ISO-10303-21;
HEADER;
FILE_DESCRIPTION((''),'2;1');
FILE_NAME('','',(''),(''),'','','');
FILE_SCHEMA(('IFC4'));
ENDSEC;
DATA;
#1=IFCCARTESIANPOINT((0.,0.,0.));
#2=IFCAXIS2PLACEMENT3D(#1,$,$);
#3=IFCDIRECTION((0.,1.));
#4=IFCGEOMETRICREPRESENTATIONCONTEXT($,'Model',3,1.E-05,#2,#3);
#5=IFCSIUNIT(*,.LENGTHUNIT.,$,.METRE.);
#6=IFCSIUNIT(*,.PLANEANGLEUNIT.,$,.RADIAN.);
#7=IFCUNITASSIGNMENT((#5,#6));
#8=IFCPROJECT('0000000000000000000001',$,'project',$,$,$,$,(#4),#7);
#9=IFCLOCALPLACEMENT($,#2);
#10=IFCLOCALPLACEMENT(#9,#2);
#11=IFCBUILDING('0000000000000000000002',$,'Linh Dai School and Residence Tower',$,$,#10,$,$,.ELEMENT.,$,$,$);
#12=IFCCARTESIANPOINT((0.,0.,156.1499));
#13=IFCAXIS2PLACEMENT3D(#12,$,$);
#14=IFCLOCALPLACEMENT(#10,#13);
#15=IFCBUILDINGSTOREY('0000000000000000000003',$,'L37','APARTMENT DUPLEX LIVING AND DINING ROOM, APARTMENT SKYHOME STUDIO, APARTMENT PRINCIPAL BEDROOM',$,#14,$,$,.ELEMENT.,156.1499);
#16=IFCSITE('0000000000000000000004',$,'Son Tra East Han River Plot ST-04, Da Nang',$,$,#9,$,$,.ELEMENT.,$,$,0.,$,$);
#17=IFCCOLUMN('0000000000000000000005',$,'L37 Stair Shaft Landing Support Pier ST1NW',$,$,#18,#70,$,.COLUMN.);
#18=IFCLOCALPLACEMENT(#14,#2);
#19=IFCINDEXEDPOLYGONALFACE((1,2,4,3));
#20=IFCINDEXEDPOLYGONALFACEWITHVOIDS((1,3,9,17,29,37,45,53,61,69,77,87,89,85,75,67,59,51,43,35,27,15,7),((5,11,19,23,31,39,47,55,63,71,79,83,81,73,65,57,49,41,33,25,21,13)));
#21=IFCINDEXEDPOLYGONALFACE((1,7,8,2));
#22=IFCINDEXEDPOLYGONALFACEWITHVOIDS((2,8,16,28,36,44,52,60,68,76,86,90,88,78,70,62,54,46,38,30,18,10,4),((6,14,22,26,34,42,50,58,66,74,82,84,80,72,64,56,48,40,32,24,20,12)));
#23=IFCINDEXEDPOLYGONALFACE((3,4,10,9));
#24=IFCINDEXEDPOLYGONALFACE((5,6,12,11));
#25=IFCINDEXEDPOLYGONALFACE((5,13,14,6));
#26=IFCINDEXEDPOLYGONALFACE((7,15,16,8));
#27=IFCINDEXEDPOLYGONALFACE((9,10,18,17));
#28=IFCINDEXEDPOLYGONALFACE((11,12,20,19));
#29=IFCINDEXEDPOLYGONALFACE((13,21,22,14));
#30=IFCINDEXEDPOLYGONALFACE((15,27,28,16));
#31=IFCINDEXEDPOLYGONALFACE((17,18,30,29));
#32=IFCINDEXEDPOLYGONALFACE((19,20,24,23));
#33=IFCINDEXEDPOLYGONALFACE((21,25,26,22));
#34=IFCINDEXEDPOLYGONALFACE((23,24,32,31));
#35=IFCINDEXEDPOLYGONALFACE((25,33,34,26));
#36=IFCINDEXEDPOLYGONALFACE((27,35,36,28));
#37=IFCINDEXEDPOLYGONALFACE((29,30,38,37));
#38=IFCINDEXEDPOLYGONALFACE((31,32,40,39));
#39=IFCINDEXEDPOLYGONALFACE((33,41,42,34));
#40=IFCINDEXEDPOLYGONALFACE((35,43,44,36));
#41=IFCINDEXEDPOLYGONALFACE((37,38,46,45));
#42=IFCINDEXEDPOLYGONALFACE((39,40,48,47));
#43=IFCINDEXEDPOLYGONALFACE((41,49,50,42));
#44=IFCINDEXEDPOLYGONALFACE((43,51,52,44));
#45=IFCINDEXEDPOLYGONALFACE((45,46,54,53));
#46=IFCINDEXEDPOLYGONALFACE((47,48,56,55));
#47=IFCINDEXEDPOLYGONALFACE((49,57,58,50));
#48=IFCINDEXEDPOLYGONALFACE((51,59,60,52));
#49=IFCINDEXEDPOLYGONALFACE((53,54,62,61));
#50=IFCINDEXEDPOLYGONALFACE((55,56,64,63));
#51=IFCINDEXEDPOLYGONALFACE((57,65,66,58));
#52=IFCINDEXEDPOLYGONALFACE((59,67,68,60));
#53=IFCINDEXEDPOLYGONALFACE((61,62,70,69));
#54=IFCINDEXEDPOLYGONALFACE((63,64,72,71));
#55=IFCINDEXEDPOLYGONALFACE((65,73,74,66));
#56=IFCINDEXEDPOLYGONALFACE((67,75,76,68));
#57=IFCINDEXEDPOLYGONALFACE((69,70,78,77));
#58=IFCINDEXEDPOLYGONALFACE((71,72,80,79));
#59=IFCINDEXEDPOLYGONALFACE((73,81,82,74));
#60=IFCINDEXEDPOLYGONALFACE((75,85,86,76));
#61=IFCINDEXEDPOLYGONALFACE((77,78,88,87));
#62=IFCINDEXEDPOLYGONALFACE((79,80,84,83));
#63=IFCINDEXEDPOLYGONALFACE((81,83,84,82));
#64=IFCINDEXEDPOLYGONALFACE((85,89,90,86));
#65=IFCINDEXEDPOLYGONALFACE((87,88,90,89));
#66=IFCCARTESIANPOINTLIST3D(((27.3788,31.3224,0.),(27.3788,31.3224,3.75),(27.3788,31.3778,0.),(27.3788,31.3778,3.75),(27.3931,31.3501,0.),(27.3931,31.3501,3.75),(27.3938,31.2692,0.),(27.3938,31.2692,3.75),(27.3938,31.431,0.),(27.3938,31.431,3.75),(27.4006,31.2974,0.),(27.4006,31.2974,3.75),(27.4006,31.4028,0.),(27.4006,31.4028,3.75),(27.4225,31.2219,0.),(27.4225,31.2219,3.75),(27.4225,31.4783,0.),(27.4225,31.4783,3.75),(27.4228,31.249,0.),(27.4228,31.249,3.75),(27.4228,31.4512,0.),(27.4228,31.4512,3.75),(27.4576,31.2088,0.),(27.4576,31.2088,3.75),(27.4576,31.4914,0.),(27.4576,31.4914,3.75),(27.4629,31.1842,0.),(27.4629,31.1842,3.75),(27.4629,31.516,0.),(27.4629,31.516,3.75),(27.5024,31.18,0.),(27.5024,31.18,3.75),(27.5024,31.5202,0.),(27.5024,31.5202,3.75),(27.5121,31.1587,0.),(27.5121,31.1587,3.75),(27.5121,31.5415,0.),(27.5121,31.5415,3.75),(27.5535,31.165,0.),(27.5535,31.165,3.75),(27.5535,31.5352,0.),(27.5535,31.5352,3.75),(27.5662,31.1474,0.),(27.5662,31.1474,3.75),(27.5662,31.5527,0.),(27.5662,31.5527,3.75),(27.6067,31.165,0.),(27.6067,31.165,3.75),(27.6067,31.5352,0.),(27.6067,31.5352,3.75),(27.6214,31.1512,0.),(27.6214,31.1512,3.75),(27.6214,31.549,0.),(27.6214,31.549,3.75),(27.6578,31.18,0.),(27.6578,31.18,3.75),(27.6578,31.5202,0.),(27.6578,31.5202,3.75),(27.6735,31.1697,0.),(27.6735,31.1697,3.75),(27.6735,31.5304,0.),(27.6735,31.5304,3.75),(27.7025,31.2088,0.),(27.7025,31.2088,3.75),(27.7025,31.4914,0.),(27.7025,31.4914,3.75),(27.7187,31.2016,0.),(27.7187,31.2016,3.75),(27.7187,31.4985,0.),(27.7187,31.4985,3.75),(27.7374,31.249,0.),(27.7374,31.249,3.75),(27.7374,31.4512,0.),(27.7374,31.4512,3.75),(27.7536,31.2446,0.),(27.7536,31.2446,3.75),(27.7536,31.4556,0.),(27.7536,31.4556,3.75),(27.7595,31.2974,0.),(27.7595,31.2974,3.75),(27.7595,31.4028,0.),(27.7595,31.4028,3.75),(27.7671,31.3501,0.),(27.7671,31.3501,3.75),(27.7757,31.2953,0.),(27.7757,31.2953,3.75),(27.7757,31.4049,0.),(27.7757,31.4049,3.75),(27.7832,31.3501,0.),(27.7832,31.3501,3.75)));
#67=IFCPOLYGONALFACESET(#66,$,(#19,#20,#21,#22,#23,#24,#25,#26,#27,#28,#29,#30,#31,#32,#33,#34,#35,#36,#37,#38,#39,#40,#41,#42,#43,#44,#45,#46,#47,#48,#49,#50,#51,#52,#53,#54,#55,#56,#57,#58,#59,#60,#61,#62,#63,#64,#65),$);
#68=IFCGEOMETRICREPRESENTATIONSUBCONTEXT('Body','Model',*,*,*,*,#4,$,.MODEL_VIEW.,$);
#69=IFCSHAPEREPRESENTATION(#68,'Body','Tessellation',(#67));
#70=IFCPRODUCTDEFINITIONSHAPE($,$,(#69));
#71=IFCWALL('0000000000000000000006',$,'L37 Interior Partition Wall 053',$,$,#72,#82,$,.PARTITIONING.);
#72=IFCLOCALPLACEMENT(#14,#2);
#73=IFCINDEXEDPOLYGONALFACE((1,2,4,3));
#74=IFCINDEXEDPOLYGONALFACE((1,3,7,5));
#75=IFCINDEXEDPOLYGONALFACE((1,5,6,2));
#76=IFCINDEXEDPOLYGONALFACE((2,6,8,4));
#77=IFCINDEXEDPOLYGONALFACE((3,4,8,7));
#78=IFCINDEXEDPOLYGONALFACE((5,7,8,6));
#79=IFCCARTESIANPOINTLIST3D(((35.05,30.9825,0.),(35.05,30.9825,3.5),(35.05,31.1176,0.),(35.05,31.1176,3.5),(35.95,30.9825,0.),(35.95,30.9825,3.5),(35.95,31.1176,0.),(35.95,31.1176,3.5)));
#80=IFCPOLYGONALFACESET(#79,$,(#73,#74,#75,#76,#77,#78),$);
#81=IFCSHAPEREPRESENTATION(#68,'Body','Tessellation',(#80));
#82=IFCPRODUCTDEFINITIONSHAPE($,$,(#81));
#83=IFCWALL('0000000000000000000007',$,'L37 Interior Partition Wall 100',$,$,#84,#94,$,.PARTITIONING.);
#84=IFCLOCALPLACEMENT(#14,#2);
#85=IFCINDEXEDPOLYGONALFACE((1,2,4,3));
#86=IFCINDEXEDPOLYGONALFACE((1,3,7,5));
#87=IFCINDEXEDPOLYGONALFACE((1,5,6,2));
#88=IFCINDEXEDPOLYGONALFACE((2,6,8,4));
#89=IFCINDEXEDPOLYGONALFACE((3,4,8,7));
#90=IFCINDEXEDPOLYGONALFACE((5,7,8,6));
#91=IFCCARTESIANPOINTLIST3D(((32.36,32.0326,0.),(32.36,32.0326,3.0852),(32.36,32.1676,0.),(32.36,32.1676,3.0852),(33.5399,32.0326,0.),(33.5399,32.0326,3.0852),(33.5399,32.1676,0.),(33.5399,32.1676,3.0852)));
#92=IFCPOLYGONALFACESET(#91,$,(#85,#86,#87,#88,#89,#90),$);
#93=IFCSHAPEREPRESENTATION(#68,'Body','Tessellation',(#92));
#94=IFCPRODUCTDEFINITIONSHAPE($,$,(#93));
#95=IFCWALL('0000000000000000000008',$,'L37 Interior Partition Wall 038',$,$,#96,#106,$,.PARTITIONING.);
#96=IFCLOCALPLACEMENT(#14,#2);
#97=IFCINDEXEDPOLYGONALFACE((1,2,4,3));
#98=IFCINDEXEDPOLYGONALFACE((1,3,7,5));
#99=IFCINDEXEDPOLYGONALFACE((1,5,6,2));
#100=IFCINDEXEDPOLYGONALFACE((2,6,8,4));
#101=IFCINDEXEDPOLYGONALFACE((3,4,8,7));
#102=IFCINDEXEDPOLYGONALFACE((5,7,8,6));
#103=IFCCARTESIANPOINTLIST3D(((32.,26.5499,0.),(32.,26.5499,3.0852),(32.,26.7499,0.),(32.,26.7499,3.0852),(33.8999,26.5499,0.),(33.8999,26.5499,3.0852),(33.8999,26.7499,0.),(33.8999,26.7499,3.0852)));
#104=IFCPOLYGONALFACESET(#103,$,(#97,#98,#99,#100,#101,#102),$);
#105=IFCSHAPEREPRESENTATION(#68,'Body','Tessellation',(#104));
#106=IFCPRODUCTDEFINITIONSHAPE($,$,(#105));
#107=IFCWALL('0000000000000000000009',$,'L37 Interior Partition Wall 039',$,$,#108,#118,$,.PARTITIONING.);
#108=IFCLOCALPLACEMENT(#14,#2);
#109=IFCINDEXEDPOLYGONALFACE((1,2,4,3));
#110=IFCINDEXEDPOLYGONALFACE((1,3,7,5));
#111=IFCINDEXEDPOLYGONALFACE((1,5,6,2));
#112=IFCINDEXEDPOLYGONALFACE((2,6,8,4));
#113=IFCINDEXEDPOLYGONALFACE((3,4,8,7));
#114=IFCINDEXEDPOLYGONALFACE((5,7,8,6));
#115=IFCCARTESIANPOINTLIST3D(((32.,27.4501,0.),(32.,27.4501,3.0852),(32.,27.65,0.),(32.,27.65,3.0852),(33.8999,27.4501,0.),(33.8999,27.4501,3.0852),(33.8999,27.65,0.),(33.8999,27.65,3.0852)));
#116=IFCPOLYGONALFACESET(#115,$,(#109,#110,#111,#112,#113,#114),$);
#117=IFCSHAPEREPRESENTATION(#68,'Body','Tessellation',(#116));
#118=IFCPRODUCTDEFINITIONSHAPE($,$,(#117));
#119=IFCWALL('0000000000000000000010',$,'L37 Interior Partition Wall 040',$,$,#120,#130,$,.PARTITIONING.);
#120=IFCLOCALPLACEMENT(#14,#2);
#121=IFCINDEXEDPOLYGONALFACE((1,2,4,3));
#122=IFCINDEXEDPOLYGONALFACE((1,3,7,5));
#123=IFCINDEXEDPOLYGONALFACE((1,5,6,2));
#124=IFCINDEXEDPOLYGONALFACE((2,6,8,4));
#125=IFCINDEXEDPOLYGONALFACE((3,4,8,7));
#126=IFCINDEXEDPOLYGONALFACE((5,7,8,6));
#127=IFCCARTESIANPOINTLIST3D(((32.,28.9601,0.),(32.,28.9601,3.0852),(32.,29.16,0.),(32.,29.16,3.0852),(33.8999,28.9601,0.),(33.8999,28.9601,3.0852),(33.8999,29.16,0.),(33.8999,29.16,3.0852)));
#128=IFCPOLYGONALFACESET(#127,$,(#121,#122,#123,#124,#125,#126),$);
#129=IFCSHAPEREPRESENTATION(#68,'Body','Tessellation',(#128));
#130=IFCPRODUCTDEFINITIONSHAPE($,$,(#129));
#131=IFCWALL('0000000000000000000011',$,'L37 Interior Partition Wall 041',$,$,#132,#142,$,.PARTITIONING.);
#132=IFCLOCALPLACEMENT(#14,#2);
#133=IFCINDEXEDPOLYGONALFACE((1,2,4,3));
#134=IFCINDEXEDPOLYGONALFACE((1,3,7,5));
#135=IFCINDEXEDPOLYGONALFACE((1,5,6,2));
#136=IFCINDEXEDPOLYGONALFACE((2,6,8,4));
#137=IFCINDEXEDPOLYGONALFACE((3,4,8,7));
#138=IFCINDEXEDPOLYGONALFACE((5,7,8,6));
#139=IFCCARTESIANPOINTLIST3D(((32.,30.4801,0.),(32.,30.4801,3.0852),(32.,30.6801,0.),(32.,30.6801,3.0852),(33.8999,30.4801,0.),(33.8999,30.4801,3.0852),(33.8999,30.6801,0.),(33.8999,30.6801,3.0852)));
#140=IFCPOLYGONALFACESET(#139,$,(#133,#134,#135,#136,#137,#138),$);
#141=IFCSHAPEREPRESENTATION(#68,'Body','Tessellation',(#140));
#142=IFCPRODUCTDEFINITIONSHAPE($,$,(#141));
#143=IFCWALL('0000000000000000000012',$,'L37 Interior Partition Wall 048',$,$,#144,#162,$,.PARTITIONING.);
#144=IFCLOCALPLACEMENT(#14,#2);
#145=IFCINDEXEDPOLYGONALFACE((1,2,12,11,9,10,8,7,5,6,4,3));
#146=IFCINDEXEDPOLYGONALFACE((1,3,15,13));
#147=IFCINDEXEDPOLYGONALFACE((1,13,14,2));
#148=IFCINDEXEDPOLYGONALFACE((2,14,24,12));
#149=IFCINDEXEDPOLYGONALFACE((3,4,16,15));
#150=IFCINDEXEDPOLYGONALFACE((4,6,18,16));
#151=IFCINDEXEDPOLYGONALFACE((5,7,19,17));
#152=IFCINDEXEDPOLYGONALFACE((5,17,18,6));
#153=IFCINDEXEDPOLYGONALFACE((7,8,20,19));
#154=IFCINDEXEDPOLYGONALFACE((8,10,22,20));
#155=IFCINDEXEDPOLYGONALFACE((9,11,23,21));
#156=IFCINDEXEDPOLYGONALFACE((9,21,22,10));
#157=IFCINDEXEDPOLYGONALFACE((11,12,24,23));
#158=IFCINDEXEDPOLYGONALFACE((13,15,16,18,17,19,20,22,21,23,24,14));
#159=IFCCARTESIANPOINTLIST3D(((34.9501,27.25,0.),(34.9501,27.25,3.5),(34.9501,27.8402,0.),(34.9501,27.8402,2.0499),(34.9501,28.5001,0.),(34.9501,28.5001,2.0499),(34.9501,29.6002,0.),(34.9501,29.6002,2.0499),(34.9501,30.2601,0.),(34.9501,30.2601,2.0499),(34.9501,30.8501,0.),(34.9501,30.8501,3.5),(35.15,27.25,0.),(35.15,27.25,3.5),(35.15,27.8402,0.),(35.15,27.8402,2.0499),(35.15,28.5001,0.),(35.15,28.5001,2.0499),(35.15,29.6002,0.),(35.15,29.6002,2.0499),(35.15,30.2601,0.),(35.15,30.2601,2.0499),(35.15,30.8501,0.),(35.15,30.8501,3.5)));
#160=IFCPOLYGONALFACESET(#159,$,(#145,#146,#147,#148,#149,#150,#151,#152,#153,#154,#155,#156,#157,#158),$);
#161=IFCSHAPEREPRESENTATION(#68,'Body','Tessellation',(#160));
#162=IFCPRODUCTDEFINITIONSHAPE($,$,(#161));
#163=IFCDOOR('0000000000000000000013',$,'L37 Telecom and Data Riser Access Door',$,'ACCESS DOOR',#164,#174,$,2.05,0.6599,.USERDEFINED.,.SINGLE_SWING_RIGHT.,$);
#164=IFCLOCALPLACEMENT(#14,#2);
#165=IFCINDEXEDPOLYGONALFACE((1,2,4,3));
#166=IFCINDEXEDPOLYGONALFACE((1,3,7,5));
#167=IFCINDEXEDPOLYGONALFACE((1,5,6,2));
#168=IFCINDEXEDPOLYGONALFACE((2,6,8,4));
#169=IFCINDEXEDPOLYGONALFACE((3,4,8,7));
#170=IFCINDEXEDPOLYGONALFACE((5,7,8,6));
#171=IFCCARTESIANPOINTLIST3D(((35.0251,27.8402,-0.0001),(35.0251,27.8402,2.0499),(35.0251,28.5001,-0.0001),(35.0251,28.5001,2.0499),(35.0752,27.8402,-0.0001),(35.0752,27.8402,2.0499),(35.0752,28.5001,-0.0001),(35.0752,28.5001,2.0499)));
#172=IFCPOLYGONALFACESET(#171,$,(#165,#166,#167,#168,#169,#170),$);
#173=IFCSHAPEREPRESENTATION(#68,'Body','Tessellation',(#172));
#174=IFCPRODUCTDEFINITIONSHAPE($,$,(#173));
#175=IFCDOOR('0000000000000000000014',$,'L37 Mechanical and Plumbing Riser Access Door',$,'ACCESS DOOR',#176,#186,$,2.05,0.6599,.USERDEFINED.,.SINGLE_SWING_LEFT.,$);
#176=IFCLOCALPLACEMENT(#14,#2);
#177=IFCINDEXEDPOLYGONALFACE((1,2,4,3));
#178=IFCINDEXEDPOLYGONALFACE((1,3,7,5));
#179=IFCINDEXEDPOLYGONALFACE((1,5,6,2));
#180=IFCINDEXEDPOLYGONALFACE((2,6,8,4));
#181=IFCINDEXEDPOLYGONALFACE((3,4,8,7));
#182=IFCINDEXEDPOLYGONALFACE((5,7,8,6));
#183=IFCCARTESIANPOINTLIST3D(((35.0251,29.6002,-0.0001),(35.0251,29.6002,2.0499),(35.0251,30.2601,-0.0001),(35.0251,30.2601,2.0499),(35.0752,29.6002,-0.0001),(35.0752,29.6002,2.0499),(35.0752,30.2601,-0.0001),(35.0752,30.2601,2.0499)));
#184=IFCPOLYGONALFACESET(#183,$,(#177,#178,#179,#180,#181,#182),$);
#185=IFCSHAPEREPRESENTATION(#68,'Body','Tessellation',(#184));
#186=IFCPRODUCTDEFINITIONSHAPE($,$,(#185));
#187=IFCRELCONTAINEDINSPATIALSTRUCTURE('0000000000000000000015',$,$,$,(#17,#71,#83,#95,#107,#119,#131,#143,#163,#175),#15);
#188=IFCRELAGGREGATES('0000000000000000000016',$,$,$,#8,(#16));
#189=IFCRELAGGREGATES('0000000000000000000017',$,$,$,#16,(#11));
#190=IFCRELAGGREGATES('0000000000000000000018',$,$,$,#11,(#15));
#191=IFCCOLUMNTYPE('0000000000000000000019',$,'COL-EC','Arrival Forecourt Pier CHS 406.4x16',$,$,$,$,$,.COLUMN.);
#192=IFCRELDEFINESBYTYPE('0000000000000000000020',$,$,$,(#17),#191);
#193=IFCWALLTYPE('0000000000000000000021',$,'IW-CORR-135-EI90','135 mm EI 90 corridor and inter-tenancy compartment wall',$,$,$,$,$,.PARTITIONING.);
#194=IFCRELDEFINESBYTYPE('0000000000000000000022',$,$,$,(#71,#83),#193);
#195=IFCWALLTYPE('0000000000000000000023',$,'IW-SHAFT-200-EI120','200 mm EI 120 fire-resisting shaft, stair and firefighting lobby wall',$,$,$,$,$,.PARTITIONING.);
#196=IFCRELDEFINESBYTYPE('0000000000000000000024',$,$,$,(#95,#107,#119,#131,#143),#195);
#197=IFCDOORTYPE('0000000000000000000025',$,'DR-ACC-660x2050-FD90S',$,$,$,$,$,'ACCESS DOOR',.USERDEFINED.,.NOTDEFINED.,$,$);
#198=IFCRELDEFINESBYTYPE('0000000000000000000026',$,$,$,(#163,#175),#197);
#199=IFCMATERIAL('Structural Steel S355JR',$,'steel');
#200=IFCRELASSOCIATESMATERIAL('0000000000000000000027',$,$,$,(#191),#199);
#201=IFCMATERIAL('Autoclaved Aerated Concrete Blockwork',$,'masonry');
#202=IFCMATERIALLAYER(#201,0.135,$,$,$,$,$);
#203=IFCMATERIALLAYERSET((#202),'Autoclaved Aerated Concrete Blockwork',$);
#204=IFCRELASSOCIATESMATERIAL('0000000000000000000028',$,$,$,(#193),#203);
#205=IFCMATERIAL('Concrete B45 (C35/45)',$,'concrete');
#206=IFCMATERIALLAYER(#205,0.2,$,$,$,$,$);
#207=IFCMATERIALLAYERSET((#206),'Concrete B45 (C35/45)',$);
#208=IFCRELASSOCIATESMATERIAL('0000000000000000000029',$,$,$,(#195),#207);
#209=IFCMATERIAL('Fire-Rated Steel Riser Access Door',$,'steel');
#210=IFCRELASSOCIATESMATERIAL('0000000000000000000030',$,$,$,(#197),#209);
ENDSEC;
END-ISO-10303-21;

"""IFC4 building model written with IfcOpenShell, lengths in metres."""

from ifc_helpers import new_model, si_unit, direction, frame, frame_2d, origin, origin_2d, place, context, subcontext, project, spatial, rectangle, hollow_circle, extrude, source, transform, mapped, material, layer, layer_set, material_profile, profile_set, type_object, element, fill, save


model = new_model("IFC4")

# Units and contexts
model_context = context("Model", 3, precision=1e-05, world=origin(), true_north=direction((0.0, 1.0)))
body_context = subcontext(model_context, "Body", "Model", "MODEL_VIEW")
ifc_project = project(units=[si_unit("LENGTHUNIT", "METRE"), si_unit("PLANEANGLEUNIT", "RADIAN")], contexts=[model_context])

# Site, building, storey
site_placement = place(None, origin())
site = spatial("IfcSite", under=ifc_project, at=site_placement, Name="Son Tra East Han River Plot ST-04, Da Nang", CompositionType="ELEMENT", RefElevation=0.0)
building_placement = place(site_placement, origin())
building = spatial("IfcBuilding", under=site, at=building_placement, Name="Linh Dai School and Residence Tower", CompositionType="ELEMENT")
storey_placement = place(building_placement, frame((0.0, 0.0, 156.1499)))
storey = spatial("IfcBuildingStorey", under=building, at=storey_placement, Name="L37", Description="APARTMENT DUPLEX LIVING AND DINING ROOM, APARTMENT SKYHOME STUDIO, APARTMENT PRINCIPAL BEDROOM", CompositionType="ELEMENT", Elevation=156.1499)

# Column
ifc_material_1 = material(Name="Structural Steel S355JR", Category="steel")
ifc_material_profile = material_profile(ifc_material_1, hollow_circle(Radius=0.2031, WallThickness=0.0161, at=origin_2d()), Name="CHS 406.4x16")
ifc_profile_set = profile_set([ifc_material_profile], Name="Structural Steel S355JR")
column_type = type_object("IfcColumnType", Name="COL-EC", Description="Arrival Forecourt Pier CHS 406.4x16", PredefinedType="COLUMN", material=ifc_profile_set)
column_placement = place(storey_placement, frame((27.5801, 31.3501, 0.0), z_axis=(0.0, 0.0, 1.0), x_axis=(1.0, 0.0, 0.0)))
element("IfcColumn", 1, at=column_placement, inside=storey, type_object=column_type, Name="L37 Stair Shaft Landing Support Pier ST1NW", PredefinedType="COLUMN", context=body_context, shape_type="SweptSolid", body=[
    extrude(hollow_circle(Radius=0.2031, WallThickness=0.0161, at=origin_2d()), origin(), (0.0, 0.0, 1.0), 3.75),
])

# Shared definitions
ifc_material_2 = material(Name="Autoclaved Aerated Concrete Blockwork", Category="masonry")
ifc_layer_1 = layer(ifc_material_2, 0.135)
ifc_layer_set_1 = layer_set([ifc_layer_1], Name="Autoclaved Aerated Concrete Blockwork")
wall_type_1 = type_object("IfcWallType", Name="IW-CORR-135-EI90", Description="135 mm EI 90 corridor and inter-tenancy compartment wall", PredefinedType="PARTITIONING", material=ifc_layer_set_1)

# Walls
wall_1_placement = place(storey_placement, frame((35.05, 31.05, 0.0), z_axis=(0.0, 0.0, 1.0), x_axis=(1.0, 0.0, 0.0)))
element("IfcWall", 2, at=wall_1_placement, inside=storey, type_object=wall_type_1, Name="L37 Interior Partition Wall 053", PredefinedType="PARTITIONING", context=body_context, shape_type="SweptSolid", body=[
    extrude(rectangle(XDim=0.8999, YDim=0.135, at=frame_2d((0.45, 0.0))), origin(), (0.0, 0.0, 1.0), 3.5),
])
wall_2_placement = place(storey_placement, frame((32.3601, 32.1001, 0.0), z_axis=(0.0, 0.0, 1.0), x_axis=(1.0, 0.0, 0.0)))
element("IfcWall", 3, at=wall_2_placement, inside=storey, type_object=wall_type_1, Name="L37 Interior Partition Wall 100", PredefinedType="PARTITIONING", context=body_context, shape_type="SweptSolid", body=[
    extrude(rectangle(XDim=1.1799, YDim=0.135, at=frame_2d((0.5898, 0.0))), origin(), (0.0, 0.0, 1.0), 3.0852),
])
ifc_material_3 = material(Name="Concrete B45 (C35/45)", Category="concrete")
ifc_layer_2 = layer(ifc_material_3, 0.2)
ifc_layer_set_2 = layer_set([ifc_layer_2], Name="Concrete B45 (C35/45)")
wall_type_2 = type_object("IfcWallType", Name="IW-SHAFT-200-EI120", Description="200 mm EI 120 fire-resisting shaft, stair and firefighting lobby wall", PredefinedType="PARTITIONING", material=ifc_layer_set_2)
for number, where, z_axis, x_axis, name in (
    (4, (32.0, 26.6499, 0.0), (0.0, 0.0, 1.0), (1.0, 0.0, 0.0), "L37 Interior Partition Wall 038"),
    (5, (32.0, 27.55, 0.0), (0.0, 0.0, 1.0), (1.0, 0.0, 0.0), "L37 Interior Partition Wall 039"),
    (6, (32.0, 29.0601, 0.0), (0.0, 0.0, 1.0), (1.0, 0.0, 0.0), "L37 Interior Partition Wall 040"),
    (7, (32.0, 30.5801, 0.0), (0.0, 0.0, 1.0), (1.0, 0.0, 0.0), "L37 Interior Partition Wall 041"),
):
    element("IfcWall", number, at=place(storey_placement, frame(where, z_axis=z_axis, x_axis=x_axis)), inside=storey, type_object=wall_type_2, Name=name, PredefinedType="PARTITIONING", context=body_context, shape_type="SweptSolid", body=[
        extrude(rectangle(XDim=1.8999, YDim=0.2, at=frame_2d((0.95, 0.0))), origin(), (0.0, 0.0, 1.0), 3.0852),
    ])

# Wall, openings, doors
wall_3_placement = place(storey_placement, frame((35.05, 27.25, 0.0), z_axis=(0.0, 0.0, 1.0), x_axis=(0.0, 1.0, 0.0)))
wall_3 = element("IfcWall", 8, at=wall_3_placement, inside=storey, type_object=wall_type_2, Name="L37 Interior Partition Wall 048", PredefinedType="PARTITIONING", context=body_context, shape_type="SweptSolid", body=[
    extrude(rectangle(XDim=3.6001, YDim=0.2, at=frame_2d((1.8, 0.0))), origin(), (0.0, 0.0, 1.0), 3.5),
])
opening_1_placement = place(wall_3_placement, frame((0.5901, 0.0, 0.0)))
opening_1 = element("IfcOpeningElement", 9, at=opening_1_placement, cuts=wall_3, PredefinedType="OPENING", context=body_context, shape_type="SweptSolid", body=[
    extrude(rectangle(XDim=0.6599, YDim=2.05, at=origin_2d()), frame((0.3301, 0.1099, 1.0249), z_axis=(0.0, -1.0, 0.0), x_axis=(1.0, 0.0, 0.0)), (0.0, 0.0, 1.0), 0.22),
])
opening_2_placement = place(wall_3_placement, frame((2.3501, 0.0, 0.0)))
opening_2 = element("IfcOpeningElement", 10, at=opening_2_placement, cuts=wall_3, PredefinedType="OPENING", context=body_context, shape_type="SweptSolid", body=[
    extrude(rectangle(XDim=0.6599, YDim=2.05, at=origin_2d()), frame((0.3301, 0.1099, 1.0249), z_axis=(0.0, -1.0, 0.0), x_axis=(1.0, 0.0, 0.0)), (0.0, 0.0, 1.0), 0.22),
])
ifc_material_4 = material(Name="Fire-Rated Steel Riser Access Door", Category="steel")
door_type_1 = type_object("IfcDoorType", Name="DR-ACC-660x2050-FD90S", ElementType="ACCESS DOOR", OperationType="NOTDEFINED", PredefinedType="USERDEFINED", material=ifc_material_4)
shared_shape_1 = source(origin(), body_context, "Body", "SweptSolid", [
    extrude(rectangle(XDim=0.6599, YDim=2.05, at=origin_2d()), frame((0.3301, 0.0249, 1.0249), z_axis=(0.0, -1.0, 0.0), x_axis=(1.0, 0.0, 0.0)), (0.0, 0.0, 1.0), 0.05),
])
door_1_placement = place(opening_1_placement, origin())
door_1 = element("IfcDoor", 11, at=door_1_placement, inside=storey, type_object=door_type_1, Name="L37 Telecom and Data Riser Access Door", ObjectType="ACCESS DOOR", OperationType="SINGLE_SWING_RIGHT", OverallHeight=2.05, OverallWidth=0.6599, PredefinedType="USERDEFINED", context=body_context, shape_type="MappedRepresentation", body=[
    mapped(shared_shape_1, transform((0.0, 0.0, 0.0), x_axis=(1.0, 0.0, 0.0), y_axis=(0.0, 1.0, 0.0), z_axis=(0.0, 0.0, 1.0), scale=1.0)),
])
fill(opening_1, door_1)
door_2_placement = place(opening_2_placement, origin())
door_2 = element("IfcDoor", 12, at=door_2_placement, inside=storey, type_object=door_type_1, Name="L37 Mechanical and Plumbing Riser Access Door", ObjectType="ACCESS DOOR", OperationType="SINGLE_SWING_LEFT", OverallHeight=2.05, OverallWidth=0.6599, PredefinedType="USERDEFINED", context=body_context, shape_type="MappedRepresentation", body=[
    mapped(shared_shape_1, transform((0.0, 0.0, 0.0), x_axis=(1.0, 0.0, 0.0), y_axis=(0.0, 1.0, 0.0), z_axis=(0.0, 0.0, 1.0), scale=1.0)),
])
fill(opening_2, door_2)

save(model, "model.ifc")
